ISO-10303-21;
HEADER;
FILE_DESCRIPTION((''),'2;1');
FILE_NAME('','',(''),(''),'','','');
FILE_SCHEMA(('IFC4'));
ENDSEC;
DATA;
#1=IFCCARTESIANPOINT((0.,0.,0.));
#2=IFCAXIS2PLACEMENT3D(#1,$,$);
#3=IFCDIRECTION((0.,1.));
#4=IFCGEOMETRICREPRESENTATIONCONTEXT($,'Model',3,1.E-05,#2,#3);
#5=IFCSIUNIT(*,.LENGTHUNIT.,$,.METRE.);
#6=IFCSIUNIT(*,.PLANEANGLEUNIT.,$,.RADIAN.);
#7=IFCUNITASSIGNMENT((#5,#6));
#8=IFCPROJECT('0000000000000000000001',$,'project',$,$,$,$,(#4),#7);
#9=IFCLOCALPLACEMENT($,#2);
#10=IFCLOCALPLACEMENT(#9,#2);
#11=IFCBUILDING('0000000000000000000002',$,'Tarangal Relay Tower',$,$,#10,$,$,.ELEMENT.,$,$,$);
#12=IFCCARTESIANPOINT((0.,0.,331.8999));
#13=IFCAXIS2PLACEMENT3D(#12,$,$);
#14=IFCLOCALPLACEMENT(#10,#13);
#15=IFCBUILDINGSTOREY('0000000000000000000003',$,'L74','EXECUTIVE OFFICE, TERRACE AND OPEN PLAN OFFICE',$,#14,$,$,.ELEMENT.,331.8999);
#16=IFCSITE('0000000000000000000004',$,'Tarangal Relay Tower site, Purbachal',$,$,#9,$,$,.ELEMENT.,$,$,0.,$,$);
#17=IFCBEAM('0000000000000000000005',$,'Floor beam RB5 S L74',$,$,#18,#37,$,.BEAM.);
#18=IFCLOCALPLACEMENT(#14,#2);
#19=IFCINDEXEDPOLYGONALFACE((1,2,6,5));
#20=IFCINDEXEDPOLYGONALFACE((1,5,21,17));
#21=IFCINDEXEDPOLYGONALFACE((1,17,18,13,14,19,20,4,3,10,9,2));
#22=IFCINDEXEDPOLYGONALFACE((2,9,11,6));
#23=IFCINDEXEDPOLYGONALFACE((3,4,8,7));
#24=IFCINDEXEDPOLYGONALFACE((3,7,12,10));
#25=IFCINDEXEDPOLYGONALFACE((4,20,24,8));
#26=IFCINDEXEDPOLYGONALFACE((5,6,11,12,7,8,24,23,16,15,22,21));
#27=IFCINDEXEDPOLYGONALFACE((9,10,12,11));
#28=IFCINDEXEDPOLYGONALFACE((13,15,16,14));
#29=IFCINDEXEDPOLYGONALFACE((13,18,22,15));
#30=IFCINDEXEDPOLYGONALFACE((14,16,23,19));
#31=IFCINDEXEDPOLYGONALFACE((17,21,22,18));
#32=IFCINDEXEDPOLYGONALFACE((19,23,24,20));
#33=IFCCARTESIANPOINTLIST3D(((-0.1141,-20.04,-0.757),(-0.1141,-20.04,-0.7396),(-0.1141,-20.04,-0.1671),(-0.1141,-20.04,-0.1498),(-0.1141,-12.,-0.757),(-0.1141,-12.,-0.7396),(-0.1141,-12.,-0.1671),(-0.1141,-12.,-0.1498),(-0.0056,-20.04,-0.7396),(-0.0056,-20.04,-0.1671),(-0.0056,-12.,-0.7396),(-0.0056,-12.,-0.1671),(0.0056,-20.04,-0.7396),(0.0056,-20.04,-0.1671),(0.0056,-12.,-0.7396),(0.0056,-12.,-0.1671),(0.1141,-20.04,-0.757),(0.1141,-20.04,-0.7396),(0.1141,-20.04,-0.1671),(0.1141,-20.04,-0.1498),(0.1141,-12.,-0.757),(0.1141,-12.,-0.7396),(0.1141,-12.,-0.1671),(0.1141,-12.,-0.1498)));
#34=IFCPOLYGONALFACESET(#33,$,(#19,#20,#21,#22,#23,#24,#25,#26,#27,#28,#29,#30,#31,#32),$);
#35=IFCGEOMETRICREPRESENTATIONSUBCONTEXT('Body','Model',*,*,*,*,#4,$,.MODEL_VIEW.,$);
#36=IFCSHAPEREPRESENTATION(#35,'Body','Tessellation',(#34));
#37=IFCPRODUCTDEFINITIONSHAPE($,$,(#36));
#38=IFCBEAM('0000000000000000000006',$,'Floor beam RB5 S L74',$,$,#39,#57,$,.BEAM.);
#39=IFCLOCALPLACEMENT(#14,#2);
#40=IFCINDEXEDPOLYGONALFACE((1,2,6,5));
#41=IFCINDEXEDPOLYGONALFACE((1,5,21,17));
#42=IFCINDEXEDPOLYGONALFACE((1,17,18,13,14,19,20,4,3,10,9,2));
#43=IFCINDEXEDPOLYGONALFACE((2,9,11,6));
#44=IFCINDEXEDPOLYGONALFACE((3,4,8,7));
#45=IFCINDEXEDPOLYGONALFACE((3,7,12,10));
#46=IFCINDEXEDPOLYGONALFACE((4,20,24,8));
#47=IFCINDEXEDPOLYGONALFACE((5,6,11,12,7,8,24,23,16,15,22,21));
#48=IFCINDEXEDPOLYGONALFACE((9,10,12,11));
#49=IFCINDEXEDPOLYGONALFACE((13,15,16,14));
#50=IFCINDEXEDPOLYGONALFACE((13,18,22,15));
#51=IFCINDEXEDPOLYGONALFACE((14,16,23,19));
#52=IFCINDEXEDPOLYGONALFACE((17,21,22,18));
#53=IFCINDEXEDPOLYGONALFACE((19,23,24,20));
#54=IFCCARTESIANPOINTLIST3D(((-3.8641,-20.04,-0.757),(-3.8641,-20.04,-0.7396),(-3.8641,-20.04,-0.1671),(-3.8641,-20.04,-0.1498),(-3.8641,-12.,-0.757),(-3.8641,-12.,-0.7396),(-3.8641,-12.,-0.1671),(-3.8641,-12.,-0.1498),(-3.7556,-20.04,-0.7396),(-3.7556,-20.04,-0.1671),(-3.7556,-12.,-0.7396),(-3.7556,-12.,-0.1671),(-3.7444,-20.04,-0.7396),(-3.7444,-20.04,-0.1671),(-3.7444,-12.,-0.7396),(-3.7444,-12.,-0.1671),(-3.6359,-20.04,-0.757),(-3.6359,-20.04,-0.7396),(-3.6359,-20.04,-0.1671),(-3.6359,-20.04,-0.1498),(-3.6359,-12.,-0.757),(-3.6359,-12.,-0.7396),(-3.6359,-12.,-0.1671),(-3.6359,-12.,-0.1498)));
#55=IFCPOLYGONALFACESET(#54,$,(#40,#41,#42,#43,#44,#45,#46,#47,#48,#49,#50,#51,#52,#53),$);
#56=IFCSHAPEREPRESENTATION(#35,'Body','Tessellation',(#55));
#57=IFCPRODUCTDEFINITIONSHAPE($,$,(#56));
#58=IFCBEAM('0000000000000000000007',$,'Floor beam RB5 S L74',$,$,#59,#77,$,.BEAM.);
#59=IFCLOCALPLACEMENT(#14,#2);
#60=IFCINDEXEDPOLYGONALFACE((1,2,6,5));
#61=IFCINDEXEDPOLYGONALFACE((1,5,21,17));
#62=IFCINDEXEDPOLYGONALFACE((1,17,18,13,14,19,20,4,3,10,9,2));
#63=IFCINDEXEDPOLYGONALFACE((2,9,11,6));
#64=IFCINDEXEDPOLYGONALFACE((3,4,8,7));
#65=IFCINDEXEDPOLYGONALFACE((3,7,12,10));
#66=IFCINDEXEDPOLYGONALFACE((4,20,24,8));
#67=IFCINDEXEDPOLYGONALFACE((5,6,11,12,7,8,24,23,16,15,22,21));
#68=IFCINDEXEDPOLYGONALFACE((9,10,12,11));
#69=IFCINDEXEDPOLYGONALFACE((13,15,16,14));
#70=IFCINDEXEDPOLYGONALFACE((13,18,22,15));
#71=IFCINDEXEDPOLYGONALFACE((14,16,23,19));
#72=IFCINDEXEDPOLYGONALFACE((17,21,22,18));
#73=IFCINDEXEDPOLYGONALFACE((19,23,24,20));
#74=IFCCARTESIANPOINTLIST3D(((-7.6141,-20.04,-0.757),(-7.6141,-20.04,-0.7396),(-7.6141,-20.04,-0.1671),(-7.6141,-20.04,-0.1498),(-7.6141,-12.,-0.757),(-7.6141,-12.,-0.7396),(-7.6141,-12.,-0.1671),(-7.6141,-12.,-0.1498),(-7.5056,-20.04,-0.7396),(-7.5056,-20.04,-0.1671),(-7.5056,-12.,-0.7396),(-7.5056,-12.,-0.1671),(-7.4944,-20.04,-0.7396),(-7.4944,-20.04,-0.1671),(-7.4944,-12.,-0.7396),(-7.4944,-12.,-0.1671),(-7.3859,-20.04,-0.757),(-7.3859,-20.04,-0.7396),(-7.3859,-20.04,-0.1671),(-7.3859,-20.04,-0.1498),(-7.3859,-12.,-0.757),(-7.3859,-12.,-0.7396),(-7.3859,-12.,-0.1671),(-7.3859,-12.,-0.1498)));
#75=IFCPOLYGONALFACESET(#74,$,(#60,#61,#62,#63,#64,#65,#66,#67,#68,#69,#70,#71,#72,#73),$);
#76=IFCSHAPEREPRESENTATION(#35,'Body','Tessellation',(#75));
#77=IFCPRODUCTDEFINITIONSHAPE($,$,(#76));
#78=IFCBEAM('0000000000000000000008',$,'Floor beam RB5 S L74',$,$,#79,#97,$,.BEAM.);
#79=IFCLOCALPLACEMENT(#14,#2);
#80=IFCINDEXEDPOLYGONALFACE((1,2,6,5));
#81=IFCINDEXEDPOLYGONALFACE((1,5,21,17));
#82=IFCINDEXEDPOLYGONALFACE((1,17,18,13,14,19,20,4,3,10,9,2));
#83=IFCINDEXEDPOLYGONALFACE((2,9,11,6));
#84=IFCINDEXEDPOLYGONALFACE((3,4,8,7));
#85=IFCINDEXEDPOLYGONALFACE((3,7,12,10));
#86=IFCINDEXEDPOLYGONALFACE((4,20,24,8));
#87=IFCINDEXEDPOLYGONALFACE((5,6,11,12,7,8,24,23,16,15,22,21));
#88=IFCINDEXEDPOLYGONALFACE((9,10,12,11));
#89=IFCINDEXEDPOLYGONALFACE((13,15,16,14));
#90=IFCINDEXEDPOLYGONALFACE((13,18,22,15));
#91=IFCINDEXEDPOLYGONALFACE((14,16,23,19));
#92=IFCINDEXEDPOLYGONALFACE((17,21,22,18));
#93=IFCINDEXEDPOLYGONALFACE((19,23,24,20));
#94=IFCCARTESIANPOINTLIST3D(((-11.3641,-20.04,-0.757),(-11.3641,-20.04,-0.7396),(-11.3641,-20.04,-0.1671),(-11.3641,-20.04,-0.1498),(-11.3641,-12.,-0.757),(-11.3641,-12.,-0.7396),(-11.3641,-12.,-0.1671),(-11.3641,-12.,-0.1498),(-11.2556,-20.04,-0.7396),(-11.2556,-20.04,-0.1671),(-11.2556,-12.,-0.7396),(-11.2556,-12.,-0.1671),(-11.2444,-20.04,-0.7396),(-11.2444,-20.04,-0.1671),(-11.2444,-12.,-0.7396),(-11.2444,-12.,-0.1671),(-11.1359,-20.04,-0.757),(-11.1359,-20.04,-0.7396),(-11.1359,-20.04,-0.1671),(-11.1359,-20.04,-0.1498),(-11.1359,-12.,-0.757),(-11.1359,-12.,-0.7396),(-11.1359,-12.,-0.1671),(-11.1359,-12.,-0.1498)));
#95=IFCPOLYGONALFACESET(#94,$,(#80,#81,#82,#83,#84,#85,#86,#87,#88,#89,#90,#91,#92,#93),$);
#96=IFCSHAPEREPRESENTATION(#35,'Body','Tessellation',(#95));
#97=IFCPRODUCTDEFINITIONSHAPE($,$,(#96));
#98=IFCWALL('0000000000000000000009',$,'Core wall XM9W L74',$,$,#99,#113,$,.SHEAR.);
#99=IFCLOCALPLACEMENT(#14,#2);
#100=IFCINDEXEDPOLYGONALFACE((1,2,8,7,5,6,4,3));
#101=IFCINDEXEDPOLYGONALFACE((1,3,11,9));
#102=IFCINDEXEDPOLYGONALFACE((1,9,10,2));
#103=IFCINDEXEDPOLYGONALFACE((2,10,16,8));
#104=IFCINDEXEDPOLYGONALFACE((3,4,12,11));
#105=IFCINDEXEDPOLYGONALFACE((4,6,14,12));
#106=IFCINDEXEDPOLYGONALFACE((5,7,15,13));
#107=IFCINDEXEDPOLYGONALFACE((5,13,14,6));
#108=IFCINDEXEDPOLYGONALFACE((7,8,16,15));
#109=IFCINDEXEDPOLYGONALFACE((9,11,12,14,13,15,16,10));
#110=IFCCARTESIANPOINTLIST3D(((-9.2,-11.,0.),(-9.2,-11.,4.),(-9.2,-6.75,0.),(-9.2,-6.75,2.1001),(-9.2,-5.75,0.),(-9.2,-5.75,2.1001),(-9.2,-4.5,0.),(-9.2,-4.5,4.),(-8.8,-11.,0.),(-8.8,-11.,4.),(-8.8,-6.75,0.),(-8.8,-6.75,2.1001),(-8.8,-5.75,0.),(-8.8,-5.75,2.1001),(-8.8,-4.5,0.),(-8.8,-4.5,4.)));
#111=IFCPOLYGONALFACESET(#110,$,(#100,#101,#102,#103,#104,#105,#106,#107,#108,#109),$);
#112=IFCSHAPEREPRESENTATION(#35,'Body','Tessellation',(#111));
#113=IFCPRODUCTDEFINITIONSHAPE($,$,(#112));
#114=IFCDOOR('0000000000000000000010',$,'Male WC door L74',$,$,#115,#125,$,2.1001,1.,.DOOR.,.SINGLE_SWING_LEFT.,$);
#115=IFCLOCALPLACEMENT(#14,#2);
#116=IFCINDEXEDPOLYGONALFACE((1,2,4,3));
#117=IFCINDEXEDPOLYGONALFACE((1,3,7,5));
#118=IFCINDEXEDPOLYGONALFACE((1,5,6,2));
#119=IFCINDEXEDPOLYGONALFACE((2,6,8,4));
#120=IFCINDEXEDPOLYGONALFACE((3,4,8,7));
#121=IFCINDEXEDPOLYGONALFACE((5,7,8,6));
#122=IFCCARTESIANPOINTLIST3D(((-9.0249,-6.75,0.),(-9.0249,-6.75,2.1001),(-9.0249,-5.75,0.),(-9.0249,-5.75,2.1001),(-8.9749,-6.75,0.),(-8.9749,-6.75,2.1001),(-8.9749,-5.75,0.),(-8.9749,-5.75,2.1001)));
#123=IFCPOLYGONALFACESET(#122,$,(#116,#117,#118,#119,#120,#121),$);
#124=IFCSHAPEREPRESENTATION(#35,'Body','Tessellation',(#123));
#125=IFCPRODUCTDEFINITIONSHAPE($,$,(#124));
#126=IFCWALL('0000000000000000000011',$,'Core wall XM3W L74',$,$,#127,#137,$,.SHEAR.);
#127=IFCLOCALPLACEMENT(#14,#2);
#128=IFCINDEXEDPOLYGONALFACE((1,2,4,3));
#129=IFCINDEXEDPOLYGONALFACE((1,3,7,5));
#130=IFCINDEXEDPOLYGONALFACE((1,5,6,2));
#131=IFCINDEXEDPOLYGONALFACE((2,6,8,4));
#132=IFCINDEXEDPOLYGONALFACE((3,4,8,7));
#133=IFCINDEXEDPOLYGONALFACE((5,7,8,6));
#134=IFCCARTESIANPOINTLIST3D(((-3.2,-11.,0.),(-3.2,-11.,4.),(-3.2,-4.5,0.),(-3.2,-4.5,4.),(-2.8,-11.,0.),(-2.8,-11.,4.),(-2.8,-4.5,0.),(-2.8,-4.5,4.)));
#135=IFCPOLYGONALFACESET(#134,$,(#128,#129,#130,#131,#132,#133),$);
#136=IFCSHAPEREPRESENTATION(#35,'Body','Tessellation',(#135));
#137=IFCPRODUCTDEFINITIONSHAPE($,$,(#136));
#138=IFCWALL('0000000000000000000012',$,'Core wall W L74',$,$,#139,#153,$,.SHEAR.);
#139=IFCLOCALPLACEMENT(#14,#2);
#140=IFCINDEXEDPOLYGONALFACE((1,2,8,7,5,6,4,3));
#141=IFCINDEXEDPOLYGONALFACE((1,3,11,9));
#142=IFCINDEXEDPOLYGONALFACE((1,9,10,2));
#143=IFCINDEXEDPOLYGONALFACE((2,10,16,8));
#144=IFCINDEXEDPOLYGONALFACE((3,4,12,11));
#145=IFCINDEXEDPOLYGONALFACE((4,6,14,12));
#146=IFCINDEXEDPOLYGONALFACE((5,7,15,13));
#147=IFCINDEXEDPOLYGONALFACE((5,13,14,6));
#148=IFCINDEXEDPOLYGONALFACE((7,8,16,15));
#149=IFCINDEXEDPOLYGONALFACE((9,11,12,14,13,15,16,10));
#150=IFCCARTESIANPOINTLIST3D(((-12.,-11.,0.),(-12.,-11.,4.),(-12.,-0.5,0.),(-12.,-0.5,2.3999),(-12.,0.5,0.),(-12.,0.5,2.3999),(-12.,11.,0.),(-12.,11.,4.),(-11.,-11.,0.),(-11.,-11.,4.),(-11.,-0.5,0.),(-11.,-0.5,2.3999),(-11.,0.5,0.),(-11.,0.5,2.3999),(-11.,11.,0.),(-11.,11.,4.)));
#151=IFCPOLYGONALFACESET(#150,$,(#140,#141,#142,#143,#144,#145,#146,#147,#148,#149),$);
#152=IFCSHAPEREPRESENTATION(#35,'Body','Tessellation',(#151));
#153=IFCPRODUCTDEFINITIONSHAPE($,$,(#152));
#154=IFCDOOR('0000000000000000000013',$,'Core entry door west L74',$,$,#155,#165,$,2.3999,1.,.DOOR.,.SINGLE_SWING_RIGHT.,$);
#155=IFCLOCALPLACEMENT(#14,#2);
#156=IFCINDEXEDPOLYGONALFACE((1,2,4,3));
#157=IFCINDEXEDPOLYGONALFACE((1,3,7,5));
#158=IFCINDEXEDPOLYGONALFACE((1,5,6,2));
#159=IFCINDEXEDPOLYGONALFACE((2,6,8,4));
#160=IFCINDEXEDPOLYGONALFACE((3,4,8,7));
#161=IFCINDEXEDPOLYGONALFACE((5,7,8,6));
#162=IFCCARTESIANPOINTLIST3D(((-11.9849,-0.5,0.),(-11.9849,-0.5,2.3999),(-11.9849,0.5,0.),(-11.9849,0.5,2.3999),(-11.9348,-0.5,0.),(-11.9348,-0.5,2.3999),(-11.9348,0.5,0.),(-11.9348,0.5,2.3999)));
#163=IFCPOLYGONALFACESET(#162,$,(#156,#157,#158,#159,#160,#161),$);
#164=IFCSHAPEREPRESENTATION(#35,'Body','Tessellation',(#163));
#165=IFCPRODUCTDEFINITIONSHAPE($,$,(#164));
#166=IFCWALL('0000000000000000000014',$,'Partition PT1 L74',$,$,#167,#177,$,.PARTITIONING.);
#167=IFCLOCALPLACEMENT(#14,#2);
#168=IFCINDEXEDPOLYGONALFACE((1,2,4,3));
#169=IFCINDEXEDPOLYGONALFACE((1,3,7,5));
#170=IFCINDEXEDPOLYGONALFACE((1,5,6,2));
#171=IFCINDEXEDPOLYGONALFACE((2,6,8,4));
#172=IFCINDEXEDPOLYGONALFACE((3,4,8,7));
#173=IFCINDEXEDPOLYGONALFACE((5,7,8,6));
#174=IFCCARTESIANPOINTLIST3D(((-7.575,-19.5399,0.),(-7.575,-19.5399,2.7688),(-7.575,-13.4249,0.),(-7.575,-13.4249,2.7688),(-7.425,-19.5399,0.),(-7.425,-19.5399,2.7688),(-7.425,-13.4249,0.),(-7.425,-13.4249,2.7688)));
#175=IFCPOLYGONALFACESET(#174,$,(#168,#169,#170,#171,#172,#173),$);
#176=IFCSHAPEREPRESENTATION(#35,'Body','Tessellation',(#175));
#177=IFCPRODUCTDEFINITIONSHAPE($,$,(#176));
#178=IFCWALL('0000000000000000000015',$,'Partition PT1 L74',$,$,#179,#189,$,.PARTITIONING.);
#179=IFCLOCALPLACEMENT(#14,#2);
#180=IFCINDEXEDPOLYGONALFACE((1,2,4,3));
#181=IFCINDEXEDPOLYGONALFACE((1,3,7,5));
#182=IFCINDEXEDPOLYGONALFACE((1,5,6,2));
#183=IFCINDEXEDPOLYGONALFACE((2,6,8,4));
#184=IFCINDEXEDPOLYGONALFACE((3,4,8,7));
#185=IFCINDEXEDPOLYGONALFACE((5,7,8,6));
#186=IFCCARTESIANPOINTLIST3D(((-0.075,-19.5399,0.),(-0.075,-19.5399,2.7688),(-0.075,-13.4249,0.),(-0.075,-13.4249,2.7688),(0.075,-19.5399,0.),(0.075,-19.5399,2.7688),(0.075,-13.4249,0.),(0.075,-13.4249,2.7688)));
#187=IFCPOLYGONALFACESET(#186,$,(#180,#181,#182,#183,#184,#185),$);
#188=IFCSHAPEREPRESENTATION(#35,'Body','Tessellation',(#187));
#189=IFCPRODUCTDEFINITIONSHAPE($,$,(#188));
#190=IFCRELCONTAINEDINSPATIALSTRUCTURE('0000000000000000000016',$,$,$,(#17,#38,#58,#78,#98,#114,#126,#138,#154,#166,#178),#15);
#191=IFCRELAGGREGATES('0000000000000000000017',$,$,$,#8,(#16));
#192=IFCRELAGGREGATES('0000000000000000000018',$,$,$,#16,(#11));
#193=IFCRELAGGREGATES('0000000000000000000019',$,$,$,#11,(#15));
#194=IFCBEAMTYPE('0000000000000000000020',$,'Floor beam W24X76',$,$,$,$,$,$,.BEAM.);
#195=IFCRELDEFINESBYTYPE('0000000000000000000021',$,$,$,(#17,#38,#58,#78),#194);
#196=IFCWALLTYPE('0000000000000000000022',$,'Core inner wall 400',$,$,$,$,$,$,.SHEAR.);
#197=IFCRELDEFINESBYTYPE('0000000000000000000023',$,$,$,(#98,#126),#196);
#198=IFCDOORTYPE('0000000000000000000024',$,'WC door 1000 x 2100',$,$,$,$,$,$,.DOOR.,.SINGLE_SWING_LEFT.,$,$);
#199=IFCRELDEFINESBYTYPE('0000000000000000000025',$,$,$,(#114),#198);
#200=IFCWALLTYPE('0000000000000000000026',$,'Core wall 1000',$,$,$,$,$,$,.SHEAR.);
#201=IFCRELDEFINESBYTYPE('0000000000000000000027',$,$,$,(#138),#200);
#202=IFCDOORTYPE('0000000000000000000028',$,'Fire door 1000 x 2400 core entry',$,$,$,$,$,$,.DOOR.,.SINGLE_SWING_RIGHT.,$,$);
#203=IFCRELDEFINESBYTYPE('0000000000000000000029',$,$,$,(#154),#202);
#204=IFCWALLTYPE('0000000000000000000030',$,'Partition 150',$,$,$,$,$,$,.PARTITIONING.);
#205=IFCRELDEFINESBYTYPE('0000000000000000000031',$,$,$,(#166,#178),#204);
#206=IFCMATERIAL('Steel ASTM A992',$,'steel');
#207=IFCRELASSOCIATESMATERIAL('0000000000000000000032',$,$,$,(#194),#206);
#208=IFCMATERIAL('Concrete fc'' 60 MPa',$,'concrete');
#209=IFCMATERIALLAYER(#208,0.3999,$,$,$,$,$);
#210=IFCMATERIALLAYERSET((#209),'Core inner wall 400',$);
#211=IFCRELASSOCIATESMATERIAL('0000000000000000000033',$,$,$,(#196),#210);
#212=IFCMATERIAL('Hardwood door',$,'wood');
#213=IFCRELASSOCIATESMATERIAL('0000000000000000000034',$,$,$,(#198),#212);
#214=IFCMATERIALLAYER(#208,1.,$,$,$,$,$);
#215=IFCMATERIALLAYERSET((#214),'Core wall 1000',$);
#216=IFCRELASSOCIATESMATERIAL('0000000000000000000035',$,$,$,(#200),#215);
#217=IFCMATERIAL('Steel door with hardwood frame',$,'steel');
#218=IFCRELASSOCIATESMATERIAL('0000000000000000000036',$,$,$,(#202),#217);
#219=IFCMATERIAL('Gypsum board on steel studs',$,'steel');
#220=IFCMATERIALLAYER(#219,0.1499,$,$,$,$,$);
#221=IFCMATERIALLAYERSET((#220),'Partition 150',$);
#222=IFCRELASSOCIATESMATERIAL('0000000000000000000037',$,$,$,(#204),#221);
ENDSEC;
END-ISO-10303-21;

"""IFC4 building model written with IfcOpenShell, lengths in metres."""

from ifc_helpers import new_model, si_unit, direction, frame, frame_2d, origin, origin_2d, place, context, subcontext, project, spatial, rectangle, i_section, extrude, material, layer, layer_set, material_profile, profile_set, type_object, element, fill, save


model = new_model("IFC4")

# Units and contexts
model_context = context("Model", 3, precision=1e-05, world=origin(), true_north=direction((0.0, 1.0)))
body_context = subcontext(model_context, "Body", "Model", "MODEL_VIEW")
ifc_project = project(units=[si_unit("LENGTHUNIT", "METRE"), si_unit("PLANEANGLEUNIT", "RADIAN")], contexts=[model_context])

# Site, building, storey
site_placement = place(None, origin())
site = spatial("IfcSite", under=ifc_project, at=site_placement, Name="Tarangal Relay Tower site, Purbachal", CompositionType="ELEMENT", RefElevation=0.0)
building_placement = place(site_placement, origin())
building = spatial("IfcBuilding", under=site, at=building_placement, Name="Tarangal Relay Tower", CompositionType="ELEMENT")
storey_placement = place(building_placement, frame((0.0, 0.0, 331.8999)))
storey = spatial("IfcBuildingStorey", under=building, at=storey_placement, Name="L74", Description="EXECUTIVE OFFICE, TERRACE AND OPEN PLAN OFFICE", CompositionType="ELEMENT", Elevation=331.8999)

# Beams
ifc_material_1 = material(Name="Steel ASTM A992", Category="steel")
ifc_material_profile = material_profile(ifc_material_1, i_section(OverallWidth=0.2283, OverallDepth=0.6072, WebThickness=0.0112, FlangeThickness=0.0173, at=origin_2d()), Name="W24X76")
ifc_profile_set = profile_set([ifc_material_profile], Name="Steel ASTM A992")
beam_type = type_object("IfcBeamType", Name="Floor beam W24X76", PredefinedType="BEAM", material=ifc_profile_set)
for number, where, z_axis, x_axis, name in (
    (1, (0.0, -12.0, -0.4534), (0.0, -1.0, 0.0), (1.0, 0.0, 0.0), "Floor beam RB5 S L74"),
    (2, (-3.75, -12.0, -0.4534), (0.0, -1.0, 0.0), (1.0, 0.0, 0.0), "Floor beam RB5 S L74"),
    (3, (-7.5, -12.0, -0.4534), (0.0, -1.0, 0.0), (1.0, 0.0, 0.0), "Floor beam RB5 S L74"),
    (4, (-11.25, -12.0, -0.4534), (0.0, -1.0, 0.0), (1.0, 0.0, 0.0), "Floor beam RB5 S L74"),
):
    element("IfcBeam", number, at=place(storey_placement, frame(where, z_axis=z_axis, x_axis=x_axis)), inside=storey, type_object=beam_type, Name=name, PredefinedType="BEAM", context=body_context, shape_type="SweptSolid", body=[
        extrude(i_section(OverallWidth=0.2283, OverallDepth=0.6072, WebThickness=0.0112, FlangeThickness=0.0173, at=origin_2d()), origin(), (0.0, 0.0, 1.0), 8.04),
    ])

# Wall, opening, door
ifc_material_2 = material(Name="Concrete fc' 60 MPa", Category="concrete")
ifc_layer_1 = layer(ifc_material_2, 0.3999)
ifc_layer_set_1 = layer_set([ifc_layer_1], Name="Core inner wall 400")
wall_type_1 = type_object("IfcWallType", Name="Core inner wall 400", PredefinedType="SHEAR", material=ifc_layer_set_1)
wall_1_placement = place(storey_placement, frame((-9.0, -11.0, 0.0), z_axis=(0.0, 0.0, 1.0), x_axis=(0.0, 1.0, 0.0)))
wall_1 = element("IfcWall", 5, at=wall_1_placement, inside=storey, type_object=wall_type_1, Name="Core wall XM9W L74", PredefinedType="SHEAR", context=body_context, shape_type="SweptSolid", body=[
    extrude(rectangle(XDim=6.5, YDim=0.3999, at=frame_2d((3.25, 0.0))), origin(), (0.0, 0.0, 1.0), 4.0),
])
opening_1_placement = place(wall_1_placement, frame((4.25, 0.0, 0.0)))
opening_1 = element("IfcOpeningElement", 6, at=opening_1_placement, cuts=wall_1, PredefinedType="OPENING", context=body_context, shape_type="SweptSolid", body=[
    extrude(rectangle(XDim=1.0, YDim=2.1001, at=frame_2d((0.5, 1.05))), frame((0.0, 0.21, 0.0), z_axis=(0.0, -1.0, 0.0), x_axis=(1.0, 0.0, 0.0)), (0.0, 0.0, 1.0), 0.4199),
])
ifc_material_3 = material(Name="Hardwood door", Category="wood")
door_type_1 = type_object("IfcDoorType", Name="WC door 1000 x 2100", OperationType="SINGLE_SWING_LEFT", PredefinedType="DOOR", material=ifc_material_3)
door_1_placement = place(opening_1_placement, origin())
door_1 = element("IfcDoor", 7, at=door_1_placement, inside=storey, type_object=door_type_1, Name="Male WC door L74", OperationType="SINGLE_SWING_LEFT", OverallHeight=2.1001, OverallWidth=1.0, PredefinedType="DOOR", context=body_context, shape_type="SweptSolid", body=[
    extrude(rectangle(XDim=1.0, YDim=2.1001, at=frame_2d((0.5, 1.05))), frame((0.0, 0.0249, 0.0), z_axis=(0.0, -1.0, 0.0), x_axis=(1.0, 0.0, 0.0)), (0.0, 0.0, 1.0), 0.05),
])
fill(opening_1, door_1)

# Wall
wall_2_placement = place(storey_placement, frame((-3.0, -11.0, 0.0), z_axis=(0.0, 0.0, 1.0), x_axis=(0.0, 1.0, 0.0)))
element("IfcWall", 8, at=wall_2_placement, inside=storey, type_object=wall_type_1, Name="Core wall XM3W L74", PredefinedType="SHEAR", context=body_context, shape_type="SweptSolid", body=[
    extrude(rectangle(XDim=6.5, YDim=0.3999, at=frame_2d((3.25, 0.0))), origin(), (0.0, 0.0, 1.0), 4.0),
])

# Wall, opening, door
ifc_layer_2 = layer(ifc_material_2, 1.0)
ifc_layer_set_2 = layer_set([ifc_layer_2], Name="Core wall 1000")
wall_type_2 = type_object("IfcWallType", Name="Core wall 1000", PredefinedType="SHEAR", material=ifc_layer_set_2)
wall_3_placement = place(storey_placement, frame((-11.5, -11.0, 0.0), z_axis=(0.0, 0.0, 1.0), x_axis=(0.0, 1.0, 0.0)))
wall_3 = element("IfcWall", 9, at=wall_3_placement, inside=storey, type_object=wall_type_2, Name="Core wall W L74", PredefinedType="SHEAR", context=body_context, shape_type="SweptSolid", body=[
    extrude(rectangle(XDim=22.0, YDim=1.0, at=frame_2d((11.0, 0.0))), origin(), (0.0, 0.0, 1.0), 4.0),
])
opening_2_placement = place(wall_3_placement, frame((10.5, 0.0, 0.0)))
opening_2 = element("IfcOpeningElement", 10, at=opening_2_placement, cuts=wall_3, PredefinedType="OPENING", context=body_context, shape_type="SweptSolid", body=[
    extrude(rectangle(XDim=1.0, YDim=2.3999, at=frame_2d((0.5, 1.2))), frame((0.0, 0.51, 0.0), z_axis=(0.0, -1.0, 0.0), x_axis=(1.0, 0.0, 0.0)), (0.0, 0.0, 1.0), 1.02),
])
ifc_material_4 = material(Name="Steel door with hardwood frame", Category="steel")
door_type_2 = type_object("IfcDoorType", Name="Fire door 1000 x 2400 core entry", OperationType="SINGLE_SWING_RIGHT", PredefinedType="DOOR", material=ifc_material_4)
door_2_placement = place(opening_2_placement, origin())
door_2 = element("IfcDoor", 11, at=door_2_placement, inside=storey, type_object=door_type_2, Name="Core entry door west L74", OperationType="SINGLE_SWING_RIGHT", OverallHeight=2.3999, OverallWidth=1.0, PredefinedType="DOOR", context=body_context, shape_type="SweptSolid", body=[
    extrude(rectangle(XDim=1.0, YDim=2.3999, at=frame_2d((0.5, 1.2))), frame((0.0, 0.4849, 0.0), z_axis=(0.0, -1.0, 0.0), x_axis=(1.0, 0.0, 0.0)), (0.0, 0.0, 1.0), 0.05),
])
fill(opening_2, door_2)

# Walls
ifc_material_5 = material(Name="Gypsum board on steel studs", Category="steel")
ifc_layer_3 = layer(ifc_material_5, 0.1499)
ifc_layer_set_3 = layer_set([ifc_layer_3], Name="Partition 150")
wall_type_3 = type_object("IfcWallType", Name="Partition 150", PredefinedType="PARTITIONING", material=ifc_layer_set_3)
for number, where, z_axis, x_axis, name in (
    (12, (-7.5, -19.54, 0.0), (0.0, 0.0, 1.0), (0.0, 1.0, 0.0), "Partition PT1 L74"),
    (13, (0.0, -19.54, 0.0), (0.0, 0.0, 1.0), (0.0, 1.0, 0.0), "Partition PT1 L74"),
):
    element("IfcWall", number, at=place(storey_placement, frame(where, z_axis=z_axis, x_axis=x_axis)), inside=storey, type_object=wall_type_3, Name=name, PredefinedType="PARTITIONING", context=body_context, shape_type="SweptSolid", body=[
        extrude(rectangle(XDim=6.115, YDim=0.1499, at=frame_2d((3.0576, 0.0))), origin(), (0.0, 0.0, 1.0), 2.7688),
    ])

save(model, "model.ifc")
